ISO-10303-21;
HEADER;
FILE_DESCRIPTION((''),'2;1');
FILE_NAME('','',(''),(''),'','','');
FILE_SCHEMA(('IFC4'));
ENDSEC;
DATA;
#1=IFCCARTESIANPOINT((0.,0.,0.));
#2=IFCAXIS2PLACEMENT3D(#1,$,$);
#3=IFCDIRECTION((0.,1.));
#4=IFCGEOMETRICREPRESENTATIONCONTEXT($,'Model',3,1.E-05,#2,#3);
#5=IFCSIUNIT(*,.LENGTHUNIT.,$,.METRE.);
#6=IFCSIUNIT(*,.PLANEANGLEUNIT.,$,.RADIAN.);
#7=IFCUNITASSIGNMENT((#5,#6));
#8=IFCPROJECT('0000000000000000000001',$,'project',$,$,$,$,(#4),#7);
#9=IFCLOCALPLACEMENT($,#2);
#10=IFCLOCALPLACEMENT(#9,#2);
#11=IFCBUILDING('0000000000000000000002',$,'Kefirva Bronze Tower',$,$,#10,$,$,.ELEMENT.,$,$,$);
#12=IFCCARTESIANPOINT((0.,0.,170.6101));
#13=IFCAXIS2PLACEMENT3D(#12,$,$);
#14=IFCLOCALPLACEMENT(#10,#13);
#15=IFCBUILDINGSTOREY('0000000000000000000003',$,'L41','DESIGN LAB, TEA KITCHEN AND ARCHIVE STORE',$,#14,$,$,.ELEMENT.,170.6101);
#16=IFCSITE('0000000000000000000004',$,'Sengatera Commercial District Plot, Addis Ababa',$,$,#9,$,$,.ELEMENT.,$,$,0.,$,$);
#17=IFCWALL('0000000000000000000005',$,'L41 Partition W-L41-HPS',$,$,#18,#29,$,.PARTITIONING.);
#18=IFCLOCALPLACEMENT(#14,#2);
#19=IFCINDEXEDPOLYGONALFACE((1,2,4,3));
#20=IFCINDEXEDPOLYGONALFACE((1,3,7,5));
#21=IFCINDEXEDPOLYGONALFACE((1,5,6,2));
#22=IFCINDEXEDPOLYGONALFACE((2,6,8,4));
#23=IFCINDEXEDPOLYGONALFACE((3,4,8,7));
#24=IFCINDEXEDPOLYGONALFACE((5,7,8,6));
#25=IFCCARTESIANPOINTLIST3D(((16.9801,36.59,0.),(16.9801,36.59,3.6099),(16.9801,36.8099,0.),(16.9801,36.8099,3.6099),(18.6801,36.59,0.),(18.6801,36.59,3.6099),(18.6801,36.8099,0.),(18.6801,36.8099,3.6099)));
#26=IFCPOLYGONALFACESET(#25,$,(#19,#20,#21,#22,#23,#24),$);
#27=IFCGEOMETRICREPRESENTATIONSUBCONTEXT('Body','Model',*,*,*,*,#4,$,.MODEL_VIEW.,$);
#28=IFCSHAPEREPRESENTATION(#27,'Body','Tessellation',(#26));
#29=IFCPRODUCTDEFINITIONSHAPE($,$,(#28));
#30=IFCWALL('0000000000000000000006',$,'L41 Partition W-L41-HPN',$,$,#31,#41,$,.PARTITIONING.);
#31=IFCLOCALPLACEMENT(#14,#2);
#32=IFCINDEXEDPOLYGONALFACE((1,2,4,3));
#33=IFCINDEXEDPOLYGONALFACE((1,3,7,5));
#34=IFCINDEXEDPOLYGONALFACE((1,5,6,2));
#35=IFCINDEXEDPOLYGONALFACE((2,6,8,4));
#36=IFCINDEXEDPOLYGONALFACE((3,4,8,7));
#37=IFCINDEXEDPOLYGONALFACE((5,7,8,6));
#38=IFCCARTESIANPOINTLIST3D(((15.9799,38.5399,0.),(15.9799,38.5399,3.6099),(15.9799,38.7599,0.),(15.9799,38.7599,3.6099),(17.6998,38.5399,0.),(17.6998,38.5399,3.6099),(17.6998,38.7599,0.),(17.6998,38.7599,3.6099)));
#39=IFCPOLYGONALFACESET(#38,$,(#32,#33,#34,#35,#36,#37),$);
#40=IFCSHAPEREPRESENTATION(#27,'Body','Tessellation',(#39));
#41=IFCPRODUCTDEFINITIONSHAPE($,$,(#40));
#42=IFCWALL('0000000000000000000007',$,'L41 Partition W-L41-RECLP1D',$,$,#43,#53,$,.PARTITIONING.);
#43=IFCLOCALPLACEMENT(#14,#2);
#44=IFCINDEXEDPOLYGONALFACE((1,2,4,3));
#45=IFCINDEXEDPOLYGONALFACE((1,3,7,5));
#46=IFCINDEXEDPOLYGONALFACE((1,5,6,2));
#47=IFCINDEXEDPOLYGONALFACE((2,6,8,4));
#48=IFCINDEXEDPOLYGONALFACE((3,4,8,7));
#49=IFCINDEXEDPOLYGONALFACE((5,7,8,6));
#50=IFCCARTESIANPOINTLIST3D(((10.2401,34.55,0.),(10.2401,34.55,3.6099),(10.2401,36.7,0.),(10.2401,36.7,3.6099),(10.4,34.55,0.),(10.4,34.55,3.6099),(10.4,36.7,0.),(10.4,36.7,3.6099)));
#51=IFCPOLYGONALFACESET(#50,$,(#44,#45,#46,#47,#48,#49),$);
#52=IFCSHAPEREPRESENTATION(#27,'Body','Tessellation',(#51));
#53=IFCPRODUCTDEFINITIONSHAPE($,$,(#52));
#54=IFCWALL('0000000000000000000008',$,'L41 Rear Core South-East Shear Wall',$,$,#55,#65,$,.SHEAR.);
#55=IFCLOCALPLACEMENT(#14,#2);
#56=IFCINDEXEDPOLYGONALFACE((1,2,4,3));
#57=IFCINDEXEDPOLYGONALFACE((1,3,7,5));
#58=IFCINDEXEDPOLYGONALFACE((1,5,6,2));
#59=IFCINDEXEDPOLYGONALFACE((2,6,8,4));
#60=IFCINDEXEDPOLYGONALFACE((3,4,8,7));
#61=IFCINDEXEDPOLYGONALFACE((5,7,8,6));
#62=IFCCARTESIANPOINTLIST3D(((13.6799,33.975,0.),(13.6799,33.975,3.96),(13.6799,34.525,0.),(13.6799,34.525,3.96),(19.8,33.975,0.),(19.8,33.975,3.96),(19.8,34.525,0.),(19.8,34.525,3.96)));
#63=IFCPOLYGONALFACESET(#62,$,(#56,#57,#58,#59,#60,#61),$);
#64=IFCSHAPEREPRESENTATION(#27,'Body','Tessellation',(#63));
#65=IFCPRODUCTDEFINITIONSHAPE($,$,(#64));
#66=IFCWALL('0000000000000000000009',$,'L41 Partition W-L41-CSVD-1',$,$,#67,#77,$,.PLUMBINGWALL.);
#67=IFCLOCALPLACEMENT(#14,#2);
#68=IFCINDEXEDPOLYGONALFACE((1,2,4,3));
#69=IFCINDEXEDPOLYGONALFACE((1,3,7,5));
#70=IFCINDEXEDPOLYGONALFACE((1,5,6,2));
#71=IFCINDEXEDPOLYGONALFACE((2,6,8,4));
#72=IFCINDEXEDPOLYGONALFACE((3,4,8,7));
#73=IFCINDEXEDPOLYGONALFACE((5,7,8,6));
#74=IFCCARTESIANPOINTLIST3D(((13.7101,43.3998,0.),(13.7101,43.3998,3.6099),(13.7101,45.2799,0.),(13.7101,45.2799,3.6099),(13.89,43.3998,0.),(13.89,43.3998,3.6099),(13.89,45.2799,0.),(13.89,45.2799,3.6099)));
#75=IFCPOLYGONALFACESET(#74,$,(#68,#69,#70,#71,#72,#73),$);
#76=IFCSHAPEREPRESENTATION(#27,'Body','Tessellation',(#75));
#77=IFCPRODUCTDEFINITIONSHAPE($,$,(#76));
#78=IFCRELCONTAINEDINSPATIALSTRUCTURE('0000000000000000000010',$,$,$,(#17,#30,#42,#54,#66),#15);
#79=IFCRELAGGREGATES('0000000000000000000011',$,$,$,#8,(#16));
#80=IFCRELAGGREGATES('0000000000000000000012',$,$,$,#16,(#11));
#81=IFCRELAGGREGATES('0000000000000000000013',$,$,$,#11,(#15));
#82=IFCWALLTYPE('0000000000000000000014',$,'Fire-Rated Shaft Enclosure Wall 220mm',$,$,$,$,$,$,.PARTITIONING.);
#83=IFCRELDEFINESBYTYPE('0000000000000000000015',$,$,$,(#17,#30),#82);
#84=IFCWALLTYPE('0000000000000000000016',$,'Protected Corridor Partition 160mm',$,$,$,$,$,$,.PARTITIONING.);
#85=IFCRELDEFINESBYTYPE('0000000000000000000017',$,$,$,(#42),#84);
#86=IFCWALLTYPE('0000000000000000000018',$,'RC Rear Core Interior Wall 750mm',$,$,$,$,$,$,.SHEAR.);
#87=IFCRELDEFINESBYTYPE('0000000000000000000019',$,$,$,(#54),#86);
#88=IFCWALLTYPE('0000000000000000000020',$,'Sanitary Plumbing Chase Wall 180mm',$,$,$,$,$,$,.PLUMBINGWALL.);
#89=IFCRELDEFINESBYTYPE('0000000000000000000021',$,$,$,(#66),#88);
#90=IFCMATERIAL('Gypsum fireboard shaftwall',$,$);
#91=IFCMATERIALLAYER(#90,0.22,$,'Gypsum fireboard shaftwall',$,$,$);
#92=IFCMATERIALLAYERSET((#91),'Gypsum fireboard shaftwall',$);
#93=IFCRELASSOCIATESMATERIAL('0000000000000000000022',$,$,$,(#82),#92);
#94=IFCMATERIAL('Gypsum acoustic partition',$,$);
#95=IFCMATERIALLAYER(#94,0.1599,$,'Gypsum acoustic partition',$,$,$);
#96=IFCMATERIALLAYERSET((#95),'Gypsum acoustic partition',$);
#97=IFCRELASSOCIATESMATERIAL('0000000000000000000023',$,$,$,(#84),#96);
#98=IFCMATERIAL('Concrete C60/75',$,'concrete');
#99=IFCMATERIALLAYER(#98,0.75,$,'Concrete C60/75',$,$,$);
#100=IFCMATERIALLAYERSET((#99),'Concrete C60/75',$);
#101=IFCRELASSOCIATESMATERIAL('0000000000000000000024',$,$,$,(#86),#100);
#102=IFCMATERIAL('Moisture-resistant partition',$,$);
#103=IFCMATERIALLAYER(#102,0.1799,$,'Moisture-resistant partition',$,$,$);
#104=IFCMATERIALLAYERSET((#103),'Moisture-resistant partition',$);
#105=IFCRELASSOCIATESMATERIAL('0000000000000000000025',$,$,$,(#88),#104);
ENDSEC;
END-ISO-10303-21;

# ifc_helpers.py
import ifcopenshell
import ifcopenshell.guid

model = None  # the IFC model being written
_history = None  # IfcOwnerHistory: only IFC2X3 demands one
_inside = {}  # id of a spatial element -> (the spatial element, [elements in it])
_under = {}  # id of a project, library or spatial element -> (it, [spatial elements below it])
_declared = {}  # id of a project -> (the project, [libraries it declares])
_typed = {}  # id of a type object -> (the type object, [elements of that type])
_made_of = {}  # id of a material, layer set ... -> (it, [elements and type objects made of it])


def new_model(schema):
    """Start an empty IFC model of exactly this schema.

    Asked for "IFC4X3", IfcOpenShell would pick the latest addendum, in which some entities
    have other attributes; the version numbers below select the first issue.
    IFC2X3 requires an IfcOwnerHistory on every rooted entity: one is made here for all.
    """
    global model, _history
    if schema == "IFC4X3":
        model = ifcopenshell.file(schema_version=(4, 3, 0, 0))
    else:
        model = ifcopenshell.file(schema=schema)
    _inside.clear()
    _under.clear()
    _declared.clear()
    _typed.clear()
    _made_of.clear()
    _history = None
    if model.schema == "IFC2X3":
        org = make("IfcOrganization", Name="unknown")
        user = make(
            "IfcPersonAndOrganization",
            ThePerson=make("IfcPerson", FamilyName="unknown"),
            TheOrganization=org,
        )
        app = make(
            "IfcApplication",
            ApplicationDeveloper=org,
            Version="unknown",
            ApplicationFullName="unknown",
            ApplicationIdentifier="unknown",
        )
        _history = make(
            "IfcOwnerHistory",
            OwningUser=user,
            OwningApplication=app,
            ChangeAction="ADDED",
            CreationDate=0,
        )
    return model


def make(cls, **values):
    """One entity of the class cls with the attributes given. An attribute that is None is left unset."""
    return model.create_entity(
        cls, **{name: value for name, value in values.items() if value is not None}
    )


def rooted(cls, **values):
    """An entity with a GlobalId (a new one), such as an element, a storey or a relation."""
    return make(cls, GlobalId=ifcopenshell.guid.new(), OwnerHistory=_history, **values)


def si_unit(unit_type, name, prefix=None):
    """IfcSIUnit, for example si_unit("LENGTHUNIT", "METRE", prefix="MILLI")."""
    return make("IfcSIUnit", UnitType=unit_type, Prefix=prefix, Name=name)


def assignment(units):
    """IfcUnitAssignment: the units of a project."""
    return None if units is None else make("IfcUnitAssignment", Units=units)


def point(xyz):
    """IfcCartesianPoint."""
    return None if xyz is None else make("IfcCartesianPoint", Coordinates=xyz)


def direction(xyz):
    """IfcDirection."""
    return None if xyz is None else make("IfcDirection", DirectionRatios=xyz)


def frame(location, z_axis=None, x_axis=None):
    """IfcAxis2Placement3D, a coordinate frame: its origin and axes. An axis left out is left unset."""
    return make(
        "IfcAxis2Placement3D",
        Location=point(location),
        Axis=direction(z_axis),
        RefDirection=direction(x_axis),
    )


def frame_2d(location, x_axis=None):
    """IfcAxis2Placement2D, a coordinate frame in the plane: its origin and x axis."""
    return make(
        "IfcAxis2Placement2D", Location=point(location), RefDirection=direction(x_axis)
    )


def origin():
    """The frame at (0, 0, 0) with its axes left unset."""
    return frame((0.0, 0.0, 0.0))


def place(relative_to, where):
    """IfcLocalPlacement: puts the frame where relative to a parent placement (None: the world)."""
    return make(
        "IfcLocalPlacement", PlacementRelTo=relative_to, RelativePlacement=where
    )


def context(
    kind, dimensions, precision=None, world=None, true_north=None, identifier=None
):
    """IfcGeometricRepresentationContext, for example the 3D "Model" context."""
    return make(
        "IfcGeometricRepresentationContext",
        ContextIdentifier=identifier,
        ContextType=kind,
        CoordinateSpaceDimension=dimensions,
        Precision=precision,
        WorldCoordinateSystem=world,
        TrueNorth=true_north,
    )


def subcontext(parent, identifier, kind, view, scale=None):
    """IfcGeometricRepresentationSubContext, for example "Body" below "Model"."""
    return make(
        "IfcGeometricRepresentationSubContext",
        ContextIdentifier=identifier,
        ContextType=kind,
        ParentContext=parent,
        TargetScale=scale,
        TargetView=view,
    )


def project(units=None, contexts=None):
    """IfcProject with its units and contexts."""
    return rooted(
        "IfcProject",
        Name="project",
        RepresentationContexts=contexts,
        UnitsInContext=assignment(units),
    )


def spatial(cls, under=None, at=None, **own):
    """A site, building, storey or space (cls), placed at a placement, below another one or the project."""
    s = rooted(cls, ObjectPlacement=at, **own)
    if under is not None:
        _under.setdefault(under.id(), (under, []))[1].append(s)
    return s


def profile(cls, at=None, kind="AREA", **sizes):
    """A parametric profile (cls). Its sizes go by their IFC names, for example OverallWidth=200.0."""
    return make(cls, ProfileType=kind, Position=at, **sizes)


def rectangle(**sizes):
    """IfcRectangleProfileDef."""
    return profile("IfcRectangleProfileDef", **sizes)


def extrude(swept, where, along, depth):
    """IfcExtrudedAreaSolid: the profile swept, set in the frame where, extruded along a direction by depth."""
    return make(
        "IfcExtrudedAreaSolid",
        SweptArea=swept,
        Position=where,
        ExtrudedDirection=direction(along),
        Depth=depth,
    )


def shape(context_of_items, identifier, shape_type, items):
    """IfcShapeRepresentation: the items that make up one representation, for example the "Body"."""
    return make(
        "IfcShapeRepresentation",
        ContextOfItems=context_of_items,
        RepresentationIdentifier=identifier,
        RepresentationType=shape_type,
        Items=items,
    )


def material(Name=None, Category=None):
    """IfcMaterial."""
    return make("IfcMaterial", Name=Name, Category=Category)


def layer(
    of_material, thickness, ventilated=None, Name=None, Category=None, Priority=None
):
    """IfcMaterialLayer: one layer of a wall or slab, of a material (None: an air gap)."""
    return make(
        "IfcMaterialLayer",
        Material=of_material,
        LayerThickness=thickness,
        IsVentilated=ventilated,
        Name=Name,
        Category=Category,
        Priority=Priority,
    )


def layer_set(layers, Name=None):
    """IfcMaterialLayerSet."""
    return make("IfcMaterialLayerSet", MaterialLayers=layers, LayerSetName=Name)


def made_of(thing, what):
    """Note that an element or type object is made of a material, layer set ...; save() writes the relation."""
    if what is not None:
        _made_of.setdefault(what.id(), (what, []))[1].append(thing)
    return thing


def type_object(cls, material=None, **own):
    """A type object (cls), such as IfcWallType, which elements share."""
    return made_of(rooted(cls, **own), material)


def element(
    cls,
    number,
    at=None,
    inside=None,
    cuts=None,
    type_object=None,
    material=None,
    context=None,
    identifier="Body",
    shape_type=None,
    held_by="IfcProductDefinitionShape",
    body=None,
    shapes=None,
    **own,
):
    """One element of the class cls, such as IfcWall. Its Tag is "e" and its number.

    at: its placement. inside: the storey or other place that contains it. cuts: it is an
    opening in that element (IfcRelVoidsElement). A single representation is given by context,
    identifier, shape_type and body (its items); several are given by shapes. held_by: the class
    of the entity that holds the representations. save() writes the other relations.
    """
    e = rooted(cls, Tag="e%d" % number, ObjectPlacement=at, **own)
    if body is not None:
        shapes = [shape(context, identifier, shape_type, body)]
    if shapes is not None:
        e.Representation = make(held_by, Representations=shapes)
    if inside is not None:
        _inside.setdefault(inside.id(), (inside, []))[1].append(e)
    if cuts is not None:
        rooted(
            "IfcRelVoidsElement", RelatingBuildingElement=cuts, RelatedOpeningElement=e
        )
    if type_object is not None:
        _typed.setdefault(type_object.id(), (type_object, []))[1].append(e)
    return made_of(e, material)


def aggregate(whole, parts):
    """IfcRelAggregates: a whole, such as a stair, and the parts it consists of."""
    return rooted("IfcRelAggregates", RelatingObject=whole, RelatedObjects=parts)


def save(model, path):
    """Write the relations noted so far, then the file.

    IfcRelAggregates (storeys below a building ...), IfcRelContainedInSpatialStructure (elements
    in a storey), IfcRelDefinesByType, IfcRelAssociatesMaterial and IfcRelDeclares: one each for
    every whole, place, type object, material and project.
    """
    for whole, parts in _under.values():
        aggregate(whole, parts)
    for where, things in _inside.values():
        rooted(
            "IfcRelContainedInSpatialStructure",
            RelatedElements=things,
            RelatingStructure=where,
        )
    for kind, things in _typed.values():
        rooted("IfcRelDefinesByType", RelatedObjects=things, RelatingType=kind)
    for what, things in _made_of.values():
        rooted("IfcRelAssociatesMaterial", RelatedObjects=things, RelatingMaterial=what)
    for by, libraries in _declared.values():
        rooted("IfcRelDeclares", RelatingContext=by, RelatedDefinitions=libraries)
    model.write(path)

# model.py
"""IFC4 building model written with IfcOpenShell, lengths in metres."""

from ifc_helpers import new_model, si_unit, direction, frame, frame_2d, origin, place, context, subcontext, project, spatial, rectangle, extrude, material, layer, layer_set, type_object, element, save


model = new_model("IFC4")

# Units and contexts
model_context = context("Model", 3, precision=1e-05, world=origin(), true_north=direction((0.0, 1.0)))
body_context = subcontext(model_context, "Body", "Model", "MODEL_VIEW")
ifc_project = project(units=[si_unit("LENGTHUNIT", "METRE"), si_unit("PLANEANGLEUNIT", "RADIAN")], contexts=[model_context])

# Site, building, storey
site_placement = place(None, origin())
site = spatial("IfcSite", under=ifc_project, at=site_placement, Name="Sengatera Commercial District Plot, Addis Ababa", CompositionType="ELEMENT", RefElevation=0.0)
building_placement = place(site_placement, origin())
building = spatial("IfcBuilding", under=site, at=building_placement, Name="Kefirva Bronze Tower", CompositionType="ELEMENT")
storey_placement = place(building_placement, frame((0.0, 0.0, 170.6101)))
storey = spatial("IfcBuildingStorey", under=building, at=storey_placement, Name="L41", Description="DESIGN LAB, TEA KITCHEN AND ARCHIVE STORE", CompositionType="ELEMENT", Elevation=170.6101)

# Shared definitions
ifc_material_1 = material(Name="Concrete C60/75", Category="concrete")

# Shared definitions
ifc_material_2 = material(Name="Gypsum fireboard shaftwall")
ifc_layer_1 = layer(ifc_material_2, 0.22, Name="Gypsum fireboard shaftwall")
ifc_layer_set_1 = layer_set([ifc_layer_1], Name="Gypsum fireboard shaftwall")
wall_type_1 = type_object("IfcWallType", Name="Fire-Rated Shaft Enclosure Wall 220mm", PredefinedType="PARTITIONING", material=ifc_layer_set_1)

# Walls
wall_1_placement = place(storey_placement, frame((16.98, 36.7, 0.0), z_axis=(0.0, 0.0, 1.0), x_axis=(1.0, 0.0, 0.0)))
element("IfcWall", 1, at=wall_1_placement, inside=storey, type_object=wall_type_1, Name="L41 Partition W-L41-HPS", PredefinedType="PARTITIONING", context=body_context, shape_type="SweptSolid", body=[
    extrude(rectangle(XDim=1.7, YDim=0.22, at=frame_2d((0.8501, 0.0))), origin(), (0.0, 0.0, 1.0), 3.6099),
])
wall_2_placement = place(storey_placement, frame((15.98, 38.6499, 0.0), z_axis=(0.0, 0.0, 1.0), x_axis=(1.0, 0.0, 0.0)))
element("IfcWall", 2, at=wall_2_placement, inside=storey, type_object=wall_type_1, Name="L41 Partition W-L41-HPN", PredefinedType="PARTITIONING", context=body_context, shape_type="SweptSolid", body=[
    extrude(rectangle(XDim=1.72, YDim=0.22, at=frame_2d((0.8599, 0.0))), origin(), (0.0, 0.0, 1.0), 3.6099),
])
ifc_material_3 = material(Name="Gypsum acoustic partition")
ifc_layer_2 = layer(ifc_material_3, 0.1599, Name="Gypsum acoustic partition")
ifc_layer_set_2 = layer_set([ifc_layer_2], Name="Gypsum acoustic partition")
wall_type_2 = type_object("IfcWallType", Name="Protected Corridor Partition 160mm", PredefinedType="PARTITIONING", material=ifc_layer_set_2)
wall_3_placement = place(storey_placement, frame((10.3201, 34.55, 0.0), z_axis=(0.0, 0.0, 1.0), x_axis=(0.0, 1.0, 0.0)))
element("IfcWall", 3, at=wall_3_placement, inside=storey, type_object=wall_type_2, Name="L41 Partition W-L41-RECLP1D", PredefinedType="PARTITIONING", context=body_context, shape_type="SweptSolid", body=[
    extrude(rectangle(XDim=2.1499, YDim=0.1599, at=frame_2d((1.075, 0.0))), origin(), (0.0, 0.0, 1.0), 3.6099),
])

# Walls
ifc_layer_3 = layer(ifc_material_1, 0.75, Name="Concrete C60/75")
ifc_layer_set_3 = layer_set([ifc_layer_3], Name="Concrete C60/75")
wall_type_3 = type_object("IfcWallType", Name="RC Rear Core Interior Wall 750mm", PredefinedType="SHEAR", material=ifc_layer_set_3)
wall_4_placement = place(storey_placement, frame((13.6799, 34.25, 0.0), z_axis=(0.0, 0.0, 1.0), x_axis=(1.0, 0.0, 0.0)))
element("IfcWall", 4, at=wall_4_placement, inside=storey, type_object=wall_type_3, Name="L41 Rear Core South-East Shear Wall", PredefinedType="SHEAR", context=body_context, shape_type="SweptSolid", body=[
    extrude(rectangle(XDim=6.1201, YDim=0.55, at=frame_2d((3.0601, 0.0))), origin(), (0.0, 0.0, 1.0), 3.96),
])
ifc_material_4 = material(Name="Moisture-resistant partition")
ifc_layer_4 = layer(ifc_material_4, 0.1799, Name="Moisture-resistant partition")
ifc_layer_set_4 = layer_set([ifc_layer_4], Name="Moisture-resistant partition")
wall_type_4 = type_object("IfcWallType", Name="Sanitary Plumbing Chase Wall 180mm", PredefinedType="PLUMBINGWALL", material=ifc_layer_set_4)
wall_5_placement = place(storey_placement, frame((13.8, 43.3999, 0.0), z_axis=(0.0, 0.0, 1.0), x_axis=(0.0, 1.0, 0.0)))
element("IfcWall", 5, at=wall_5_placement, inside=storey, type_object=wall_type_4, Name="L41 Partition W-L41-CSVD-1", PredefinedType="PLUMBINGWALL", context=body_context, shape_type="SweptSolid", body=[
    extrude(rectangle(XDim=1.8801, YDim=0.1799, at=frame_2d((0.9399, 0.0))), origin(), (0.0, 0.0, 1.0), 3.6099),
])

save(model, "model.ifc")
